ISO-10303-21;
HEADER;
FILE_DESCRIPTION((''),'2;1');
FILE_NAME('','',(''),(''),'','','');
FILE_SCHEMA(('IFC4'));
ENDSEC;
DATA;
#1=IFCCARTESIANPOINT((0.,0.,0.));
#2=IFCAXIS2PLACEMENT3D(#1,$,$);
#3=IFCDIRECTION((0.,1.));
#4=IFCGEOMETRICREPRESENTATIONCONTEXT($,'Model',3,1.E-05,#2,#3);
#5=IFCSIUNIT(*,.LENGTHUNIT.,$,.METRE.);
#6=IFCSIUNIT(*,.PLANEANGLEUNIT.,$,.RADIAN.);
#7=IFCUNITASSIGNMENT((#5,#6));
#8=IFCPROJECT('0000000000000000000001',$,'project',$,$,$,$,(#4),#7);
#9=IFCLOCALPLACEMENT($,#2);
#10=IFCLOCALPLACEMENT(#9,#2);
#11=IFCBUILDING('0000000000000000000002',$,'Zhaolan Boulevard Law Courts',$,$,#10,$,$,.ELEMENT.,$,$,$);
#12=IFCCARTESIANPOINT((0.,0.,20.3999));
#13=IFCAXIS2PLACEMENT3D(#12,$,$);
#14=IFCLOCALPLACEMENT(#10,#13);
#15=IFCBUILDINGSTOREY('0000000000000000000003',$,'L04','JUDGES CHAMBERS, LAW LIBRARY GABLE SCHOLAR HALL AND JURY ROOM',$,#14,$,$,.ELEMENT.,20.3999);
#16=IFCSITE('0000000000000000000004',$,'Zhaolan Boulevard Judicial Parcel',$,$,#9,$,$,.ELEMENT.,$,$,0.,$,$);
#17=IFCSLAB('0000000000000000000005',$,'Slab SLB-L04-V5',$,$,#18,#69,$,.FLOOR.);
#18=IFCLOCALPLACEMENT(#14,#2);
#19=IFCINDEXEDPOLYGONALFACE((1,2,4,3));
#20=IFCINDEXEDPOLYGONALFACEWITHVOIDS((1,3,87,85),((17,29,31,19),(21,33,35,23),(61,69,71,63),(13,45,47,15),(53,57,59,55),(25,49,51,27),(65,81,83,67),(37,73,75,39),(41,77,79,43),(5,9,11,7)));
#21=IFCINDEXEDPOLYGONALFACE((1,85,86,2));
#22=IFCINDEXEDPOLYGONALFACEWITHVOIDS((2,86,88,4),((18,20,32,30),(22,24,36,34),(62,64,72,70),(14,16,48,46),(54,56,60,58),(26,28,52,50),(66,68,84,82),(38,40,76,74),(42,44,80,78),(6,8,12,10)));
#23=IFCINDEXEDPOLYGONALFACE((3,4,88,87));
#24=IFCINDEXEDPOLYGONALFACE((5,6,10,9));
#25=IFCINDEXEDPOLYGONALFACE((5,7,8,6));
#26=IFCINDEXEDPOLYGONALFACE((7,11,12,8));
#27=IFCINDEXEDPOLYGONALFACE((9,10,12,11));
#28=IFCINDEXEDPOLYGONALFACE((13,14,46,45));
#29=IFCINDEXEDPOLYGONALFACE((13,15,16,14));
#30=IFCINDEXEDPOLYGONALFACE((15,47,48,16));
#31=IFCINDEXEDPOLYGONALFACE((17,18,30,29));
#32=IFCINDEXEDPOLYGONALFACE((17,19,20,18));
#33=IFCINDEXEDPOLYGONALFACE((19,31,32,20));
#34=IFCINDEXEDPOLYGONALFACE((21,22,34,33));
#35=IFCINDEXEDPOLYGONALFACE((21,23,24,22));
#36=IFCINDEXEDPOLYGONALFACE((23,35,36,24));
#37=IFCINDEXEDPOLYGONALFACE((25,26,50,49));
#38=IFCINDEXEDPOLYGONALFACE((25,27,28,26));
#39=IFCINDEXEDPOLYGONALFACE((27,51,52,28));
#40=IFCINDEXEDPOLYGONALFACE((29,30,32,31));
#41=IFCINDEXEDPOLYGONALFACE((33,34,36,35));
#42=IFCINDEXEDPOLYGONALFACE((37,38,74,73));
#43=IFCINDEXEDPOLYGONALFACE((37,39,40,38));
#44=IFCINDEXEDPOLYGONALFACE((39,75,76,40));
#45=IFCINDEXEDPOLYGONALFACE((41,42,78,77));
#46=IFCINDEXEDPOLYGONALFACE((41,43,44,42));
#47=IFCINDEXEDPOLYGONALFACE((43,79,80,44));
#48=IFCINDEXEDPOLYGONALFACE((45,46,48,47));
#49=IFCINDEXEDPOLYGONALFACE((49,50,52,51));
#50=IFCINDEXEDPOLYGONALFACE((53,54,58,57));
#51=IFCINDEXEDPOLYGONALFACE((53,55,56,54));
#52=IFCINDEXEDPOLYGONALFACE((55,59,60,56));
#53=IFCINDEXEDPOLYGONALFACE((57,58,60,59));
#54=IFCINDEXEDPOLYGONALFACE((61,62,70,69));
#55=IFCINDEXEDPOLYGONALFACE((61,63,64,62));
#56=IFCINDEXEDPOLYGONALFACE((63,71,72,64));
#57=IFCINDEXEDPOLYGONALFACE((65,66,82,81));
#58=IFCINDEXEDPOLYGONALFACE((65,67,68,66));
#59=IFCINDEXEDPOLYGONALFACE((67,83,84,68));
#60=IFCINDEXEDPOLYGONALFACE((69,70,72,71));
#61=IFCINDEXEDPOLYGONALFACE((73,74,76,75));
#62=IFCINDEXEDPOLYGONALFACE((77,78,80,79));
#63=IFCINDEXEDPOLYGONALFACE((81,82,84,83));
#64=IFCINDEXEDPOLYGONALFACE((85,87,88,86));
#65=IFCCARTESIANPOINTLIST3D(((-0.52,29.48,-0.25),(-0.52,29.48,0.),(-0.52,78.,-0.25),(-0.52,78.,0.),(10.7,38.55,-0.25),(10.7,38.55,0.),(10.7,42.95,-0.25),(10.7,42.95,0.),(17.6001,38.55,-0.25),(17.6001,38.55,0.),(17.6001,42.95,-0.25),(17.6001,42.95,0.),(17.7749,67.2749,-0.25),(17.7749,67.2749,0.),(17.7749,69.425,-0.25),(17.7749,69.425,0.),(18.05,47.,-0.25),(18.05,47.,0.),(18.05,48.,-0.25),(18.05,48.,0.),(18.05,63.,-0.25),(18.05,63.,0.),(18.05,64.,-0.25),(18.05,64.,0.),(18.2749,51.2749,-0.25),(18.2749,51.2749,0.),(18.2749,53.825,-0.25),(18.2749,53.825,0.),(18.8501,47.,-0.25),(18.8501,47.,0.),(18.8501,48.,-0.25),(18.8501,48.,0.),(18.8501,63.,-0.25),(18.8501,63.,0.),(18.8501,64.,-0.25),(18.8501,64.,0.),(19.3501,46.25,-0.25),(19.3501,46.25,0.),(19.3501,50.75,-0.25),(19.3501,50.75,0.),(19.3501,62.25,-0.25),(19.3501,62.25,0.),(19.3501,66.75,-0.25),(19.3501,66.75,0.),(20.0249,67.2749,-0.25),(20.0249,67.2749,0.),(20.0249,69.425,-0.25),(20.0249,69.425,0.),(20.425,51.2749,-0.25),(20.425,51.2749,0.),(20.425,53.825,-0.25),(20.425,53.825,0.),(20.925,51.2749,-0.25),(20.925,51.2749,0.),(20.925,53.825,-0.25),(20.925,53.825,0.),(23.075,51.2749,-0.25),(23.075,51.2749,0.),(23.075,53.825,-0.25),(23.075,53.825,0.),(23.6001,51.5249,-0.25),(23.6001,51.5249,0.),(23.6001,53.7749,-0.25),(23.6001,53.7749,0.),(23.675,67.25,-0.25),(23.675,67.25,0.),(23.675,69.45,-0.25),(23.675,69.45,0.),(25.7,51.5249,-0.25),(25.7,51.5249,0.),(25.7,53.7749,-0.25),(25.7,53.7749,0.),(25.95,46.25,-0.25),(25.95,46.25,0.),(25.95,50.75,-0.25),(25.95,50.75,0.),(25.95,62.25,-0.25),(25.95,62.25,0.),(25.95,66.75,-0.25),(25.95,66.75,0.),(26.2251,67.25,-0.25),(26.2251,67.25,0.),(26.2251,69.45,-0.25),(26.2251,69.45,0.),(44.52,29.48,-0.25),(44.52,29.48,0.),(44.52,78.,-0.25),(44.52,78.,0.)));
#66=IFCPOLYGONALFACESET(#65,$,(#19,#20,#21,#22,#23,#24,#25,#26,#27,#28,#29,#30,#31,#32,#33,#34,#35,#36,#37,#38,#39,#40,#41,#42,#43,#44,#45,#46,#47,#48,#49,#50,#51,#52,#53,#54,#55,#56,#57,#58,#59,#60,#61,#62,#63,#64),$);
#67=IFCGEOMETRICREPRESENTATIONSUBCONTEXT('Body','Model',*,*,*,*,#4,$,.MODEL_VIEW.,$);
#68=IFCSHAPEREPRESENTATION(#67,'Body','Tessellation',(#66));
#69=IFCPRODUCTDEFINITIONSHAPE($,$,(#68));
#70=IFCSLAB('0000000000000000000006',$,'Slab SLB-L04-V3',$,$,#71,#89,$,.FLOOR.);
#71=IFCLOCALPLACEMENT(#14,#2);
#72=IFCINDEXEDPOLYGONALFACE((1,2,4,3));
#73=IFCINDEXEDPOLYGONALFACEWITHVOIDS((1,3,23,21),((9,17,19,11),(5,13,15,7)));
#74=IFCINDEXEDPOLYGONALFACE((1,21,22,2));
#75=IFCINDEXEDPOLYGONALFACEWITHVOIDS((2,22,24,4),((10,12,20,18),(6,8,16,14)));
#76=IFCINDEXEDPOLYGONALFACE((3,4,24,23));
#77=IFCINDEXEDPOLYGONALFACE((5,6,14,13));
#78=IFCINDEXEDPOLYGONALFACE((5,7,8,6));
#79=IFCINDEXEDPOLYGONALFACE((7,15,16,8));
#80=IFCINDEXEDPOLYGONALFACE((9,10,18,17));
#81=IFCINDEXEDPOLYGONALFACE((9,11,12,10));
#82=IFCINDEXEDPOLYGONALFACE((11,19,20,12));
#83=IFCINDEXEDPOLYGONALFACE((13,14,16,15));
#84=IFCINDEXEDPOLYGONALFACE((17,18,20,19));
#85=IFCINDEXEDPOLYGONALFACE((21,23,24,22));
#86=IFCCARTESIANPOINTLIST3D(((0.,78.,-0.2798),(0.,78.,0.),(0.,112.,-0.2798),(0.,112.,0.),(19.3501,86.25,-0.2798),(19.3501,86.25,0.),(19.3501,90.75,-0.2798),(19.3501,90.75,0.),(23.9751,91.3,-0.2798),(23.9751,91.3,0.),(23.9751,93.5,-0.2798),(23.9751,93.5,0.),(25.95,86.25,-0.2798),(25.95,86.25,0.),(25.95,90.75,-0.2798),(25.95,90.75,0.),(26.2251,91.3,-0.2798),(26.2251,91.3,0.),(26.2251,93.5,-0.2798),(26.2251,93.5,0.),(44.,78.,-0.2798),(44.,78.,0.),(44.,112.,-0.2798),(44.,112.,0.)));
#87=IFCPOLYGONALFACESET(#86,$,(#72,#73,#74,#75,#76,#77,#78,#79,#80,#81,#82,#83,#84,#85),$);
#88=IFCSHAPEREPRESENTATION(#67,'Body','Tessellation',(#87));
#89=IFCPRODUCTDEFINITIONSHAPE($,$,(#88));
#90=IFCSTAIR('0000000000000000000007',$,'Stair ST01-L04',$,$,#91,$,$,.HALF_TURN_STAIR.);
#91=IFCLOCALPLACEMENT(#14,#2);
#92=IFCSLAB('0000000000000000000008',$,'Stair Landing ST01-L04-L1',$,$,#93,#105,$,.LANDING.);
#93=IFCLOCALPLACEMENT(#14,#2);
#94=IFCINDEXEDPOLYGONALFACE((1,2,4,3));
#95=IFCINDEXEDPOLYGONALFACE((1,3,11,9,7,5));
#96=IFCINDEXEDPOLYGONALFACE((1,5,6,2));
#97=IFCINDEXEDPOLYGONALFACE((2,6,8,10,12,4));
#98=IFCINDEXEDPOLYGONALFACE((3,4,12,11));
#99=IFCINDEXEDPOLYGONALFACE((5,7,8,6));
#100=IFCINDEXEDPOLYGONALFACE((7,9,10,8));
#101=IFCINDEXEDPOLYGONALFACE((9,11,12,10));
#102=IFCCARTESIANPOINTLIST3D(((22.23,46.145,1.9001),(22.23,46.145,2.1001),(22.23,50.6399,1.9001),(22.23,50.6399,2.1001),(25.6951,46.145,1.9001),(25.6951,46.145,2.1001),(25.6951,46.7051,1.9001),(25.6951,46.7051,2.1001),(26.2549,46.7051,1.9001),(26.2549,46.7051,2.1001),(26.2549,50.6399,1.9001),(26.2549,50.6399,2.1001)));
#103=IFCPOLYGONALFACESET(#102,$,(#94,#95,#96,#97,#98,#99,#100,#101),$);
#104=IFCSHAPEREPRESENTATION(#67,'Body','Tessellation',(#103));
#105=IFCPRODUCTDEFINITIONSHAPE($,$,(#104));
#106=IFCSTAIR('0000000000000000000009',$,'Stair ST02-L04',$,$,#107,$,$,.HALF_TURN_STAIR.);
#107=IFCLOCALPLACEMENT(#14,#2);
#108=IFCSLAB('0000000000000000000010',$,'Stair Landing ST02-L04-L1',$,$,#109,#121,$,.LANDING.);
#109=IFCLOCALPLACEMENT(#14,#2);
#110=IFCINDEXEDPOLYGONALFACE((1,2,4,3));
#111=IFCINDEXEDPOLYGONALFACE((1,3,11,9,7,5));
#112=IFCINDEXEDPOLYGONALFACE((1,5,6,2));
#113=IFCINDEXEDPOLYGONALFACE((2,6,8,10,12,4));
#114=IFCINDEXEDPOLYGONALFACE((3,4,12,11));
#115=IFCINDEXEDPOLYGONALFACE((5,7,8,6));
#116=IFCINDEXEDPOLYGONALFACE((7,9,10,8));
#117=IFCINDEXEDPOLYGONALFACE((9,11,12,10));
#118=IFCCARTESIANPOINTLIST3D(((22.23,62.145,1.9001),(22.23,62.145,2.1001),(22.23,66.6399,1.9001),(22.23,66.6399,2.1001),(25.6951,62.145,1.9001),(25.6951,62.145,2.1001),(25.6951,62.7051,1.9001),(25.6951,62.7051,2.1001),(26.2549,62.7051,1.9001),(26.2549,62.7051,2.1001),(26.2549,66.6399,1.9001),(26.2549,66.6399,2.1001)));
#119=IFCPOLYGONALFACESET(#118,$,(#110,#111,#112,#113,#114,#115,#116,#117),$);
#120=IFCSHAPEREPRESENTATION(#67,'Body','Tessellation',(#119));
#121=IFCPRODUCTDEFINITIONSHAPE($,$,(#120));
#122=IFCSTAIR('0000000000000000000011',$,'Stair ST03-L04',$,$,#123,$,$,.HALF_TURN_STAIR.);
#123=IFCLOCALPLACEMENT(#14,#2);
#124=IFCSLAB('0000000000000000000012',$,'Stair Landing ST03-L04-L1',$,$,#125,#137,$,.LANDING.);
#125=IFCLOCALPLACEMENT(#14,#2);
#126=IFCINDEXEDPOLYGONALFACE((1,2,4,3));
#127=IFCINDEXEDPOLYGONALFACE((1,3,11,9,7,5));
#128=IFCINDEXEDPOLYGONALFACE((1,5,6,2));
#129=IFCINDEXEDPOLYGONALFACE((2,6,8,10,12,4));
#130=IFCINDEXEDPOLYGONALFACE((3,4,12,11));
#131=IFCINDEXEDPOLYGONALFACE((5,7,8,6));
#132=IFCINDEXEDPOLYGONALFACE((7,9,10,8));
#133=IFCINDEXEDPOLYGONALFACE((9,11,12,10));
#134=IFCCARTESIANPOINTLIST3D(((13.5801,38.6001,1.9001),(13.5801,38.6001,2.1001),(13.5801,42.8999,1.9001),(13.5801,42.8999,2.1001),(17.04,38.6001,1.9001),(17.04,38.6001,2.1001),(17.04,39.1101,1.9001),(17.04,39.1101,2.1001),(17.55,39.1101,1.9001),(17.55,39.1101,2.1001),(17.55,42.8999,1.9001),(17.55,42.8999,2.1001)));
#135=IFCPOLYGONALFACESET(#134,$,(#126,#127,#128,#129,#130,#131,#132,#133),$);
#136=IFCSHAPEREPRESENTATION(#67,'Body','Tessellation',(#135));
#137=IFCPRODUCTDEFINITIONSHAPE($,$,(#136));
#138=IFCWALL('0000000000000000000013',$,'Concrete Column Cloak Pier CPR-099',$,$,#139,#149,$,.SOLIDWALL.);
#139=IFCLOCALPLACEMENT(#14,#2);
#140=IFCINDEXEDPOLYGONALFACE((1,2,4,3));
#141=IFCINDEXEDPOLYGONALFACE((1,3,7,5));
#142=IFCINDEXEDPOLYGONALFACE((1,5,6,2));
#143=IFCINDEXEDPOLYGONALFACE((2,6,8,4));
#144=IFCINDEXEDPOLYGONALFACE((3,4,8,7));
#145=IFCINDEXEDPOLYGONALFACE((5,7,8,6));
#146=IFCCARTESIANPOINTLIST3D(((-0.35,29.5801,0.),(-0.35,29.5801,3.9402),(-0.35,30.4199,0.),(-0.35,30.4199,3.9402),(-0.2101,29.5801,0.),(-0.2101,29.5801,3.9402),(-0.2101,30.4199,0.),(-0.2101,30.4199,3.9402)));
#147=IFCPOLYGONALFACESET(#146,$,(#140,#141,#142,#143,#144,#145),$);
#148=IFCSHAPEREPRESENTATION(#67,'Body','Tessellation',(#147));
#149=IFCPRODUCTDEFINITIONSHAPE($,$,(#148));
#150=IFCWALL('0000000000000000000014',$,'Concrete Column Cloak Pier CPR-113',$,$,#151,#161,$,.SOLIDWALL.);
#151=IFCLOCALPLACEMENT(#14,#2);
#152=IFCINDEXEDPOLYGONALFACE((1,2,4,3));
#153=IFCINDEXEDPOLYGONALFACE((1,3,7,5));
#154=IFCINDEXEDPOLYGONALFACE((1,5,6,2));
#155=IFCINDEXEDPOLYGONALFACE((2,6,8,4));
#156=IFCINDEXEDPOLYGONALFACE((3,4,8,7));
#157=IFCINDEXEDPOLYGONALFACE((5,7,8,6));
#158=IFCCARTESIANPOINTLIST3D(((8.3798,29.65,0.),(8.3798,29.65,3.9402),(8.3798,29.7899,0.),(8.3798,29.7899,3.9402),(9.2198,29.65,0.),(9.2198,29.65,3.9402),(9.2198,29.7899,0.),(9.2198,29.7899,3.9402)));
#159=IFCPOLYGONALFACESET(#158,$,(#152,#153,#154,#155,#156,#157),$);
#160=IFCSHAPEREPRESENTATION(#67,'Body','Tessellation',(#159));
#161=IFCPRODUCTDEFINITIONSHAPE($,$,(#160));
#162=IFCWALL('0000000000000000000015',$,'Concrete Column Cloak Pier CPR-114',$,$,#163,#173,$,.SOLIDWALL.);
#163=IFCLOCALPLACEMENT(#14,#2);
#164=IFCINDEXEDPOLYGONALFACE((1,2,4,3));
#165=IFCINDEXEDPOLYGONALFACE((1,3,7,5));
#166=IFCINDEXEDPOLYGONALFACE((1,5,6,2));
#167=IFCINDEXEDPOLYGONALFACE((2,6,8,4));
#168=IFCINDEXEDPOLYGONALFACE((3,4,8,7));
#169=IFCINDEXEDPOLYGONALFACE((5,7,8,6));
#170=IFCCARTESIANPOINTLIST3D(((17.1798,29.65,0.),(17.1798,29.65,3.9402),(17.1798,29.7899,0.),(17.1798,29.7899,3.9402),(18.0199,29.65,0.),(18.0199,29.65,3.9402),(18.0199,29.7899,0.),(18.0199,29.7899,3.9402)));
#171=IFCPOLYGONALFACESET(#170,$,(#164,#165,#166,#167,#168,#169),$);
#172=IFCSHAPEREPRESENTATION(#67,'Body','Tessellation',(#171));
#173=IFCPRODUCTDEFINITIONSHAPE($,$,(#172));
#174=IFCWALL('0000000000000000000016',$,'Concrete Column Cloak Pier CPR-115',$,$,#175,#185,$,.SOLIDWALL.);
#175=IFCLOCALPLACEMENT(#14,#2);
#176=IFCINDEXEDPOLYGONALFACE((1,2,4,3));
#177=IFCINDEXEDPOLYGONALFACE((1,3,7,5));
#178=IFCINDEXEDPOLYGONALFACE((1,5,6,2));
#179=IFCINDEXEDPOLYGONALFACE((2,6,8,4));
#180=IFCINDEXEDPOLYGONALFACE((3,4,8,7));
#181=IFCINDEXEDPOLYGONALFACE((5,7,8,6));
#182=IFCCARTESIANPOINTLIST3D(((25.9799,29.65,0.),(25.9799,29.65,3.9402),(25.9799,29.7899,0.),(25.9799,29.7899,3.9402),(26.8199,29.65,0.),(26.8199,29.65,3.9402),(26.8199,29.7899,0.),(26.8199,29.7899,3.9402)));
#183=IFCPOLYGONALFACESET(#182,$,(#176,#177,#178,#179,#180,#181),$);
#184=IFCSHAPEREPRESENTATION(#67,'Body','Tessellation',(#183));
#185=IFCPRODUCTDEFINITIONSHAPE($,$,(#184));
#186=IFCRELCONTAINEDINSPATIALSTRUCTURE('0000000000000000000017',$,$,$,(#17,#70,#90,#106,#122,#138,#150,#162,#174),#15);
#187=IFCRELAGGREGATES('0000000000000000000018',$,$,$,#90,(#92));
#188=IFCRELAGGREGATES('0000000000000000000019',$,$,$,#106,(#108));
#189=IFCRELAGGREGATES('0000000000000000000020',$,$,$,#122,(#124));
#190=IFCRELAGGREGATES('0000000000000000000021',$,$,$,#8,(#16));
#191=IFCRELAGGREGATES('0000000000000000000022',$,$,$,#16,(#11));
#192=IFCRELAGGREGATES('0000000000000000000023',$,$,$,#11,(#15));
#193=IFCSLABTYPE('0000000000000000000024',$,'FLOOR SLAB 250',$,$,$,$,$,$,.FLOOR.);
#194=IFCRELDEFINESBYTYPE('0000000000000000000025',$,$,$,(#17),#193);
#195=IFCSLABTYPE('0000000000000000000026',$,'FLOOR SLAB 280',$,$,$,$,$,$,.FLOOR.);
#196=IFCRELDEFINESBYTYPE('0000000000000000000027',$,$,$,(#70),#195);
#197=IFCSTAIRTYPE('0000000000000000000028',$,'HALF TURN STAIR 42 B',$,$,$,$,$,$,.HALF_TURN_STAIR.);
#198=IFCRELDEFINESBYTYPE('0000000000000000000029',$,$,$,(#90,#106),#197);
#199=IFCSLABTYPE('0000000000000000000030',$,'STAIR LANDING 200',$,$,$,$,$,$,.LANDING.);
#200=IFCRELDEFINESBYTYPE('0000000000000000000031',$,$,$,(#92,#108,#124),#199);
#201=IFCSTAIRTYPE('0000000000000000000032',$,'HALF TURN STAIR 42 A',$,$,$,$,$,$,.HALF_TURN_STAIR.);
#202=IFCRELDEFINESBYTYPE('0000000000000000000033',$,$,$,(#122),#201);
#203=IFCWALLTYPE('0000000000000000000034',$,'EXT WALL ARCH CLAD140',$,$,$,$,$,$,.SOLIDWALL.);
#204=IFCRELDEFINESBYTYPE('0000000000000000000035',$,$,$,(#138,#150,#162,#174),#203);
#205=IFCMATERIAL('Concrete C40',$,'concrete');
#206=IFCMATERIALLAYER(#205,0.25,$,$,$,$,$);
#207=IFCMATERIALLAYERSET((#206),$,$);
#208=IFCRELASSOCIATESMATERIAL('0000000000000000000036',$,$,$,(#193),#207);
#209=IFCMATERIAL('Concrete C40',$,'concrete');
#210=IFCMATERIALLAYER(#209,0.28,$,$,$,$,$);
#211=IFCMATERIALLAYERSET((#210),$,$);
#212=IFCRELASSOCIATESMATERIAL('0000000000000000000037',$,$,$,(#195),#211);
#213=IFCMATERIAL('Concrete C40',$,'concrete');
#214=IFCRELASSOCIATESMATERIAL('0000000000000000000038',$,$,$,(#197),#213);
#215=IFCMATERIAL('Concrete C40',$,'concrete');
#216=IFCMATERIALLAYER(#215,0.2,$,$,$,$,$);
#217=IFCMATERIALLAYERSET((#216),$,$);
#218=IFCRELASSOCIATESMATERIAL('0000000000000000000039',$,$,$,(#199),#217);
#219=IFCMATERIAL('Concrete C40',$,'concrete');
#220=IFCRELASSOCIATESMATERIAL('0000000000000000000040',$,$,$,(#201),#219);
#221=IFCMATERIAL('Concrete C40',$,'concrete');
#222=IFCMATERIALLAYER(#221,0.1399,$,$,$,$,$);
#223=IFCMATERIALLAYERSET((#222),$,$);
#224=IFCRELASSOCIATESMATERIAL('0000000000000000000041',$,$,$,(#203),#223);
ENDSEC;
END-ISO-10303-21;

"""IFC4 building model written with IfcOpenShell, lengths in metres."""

from ifc_helpers import new_model, si_unit, direction, frame, frame_2d, origin, place, context, subcontext, project, spatial, polyline, rectangle, outline, extrude, material, layer, layer_set, type_object, element, aggregate, save


model = new_model("IFC4")

# Units and contexts
model_context = context("Model", 3, precision=1e-05, world=origin(), true_north=direction((0.0, 1.0)))
body_context = subcontext(model_context, "Body", "Model", "MODEL_VIEW")
ifc_project = project(units=[si_unit("LENGTHUNIT", "METRE"), si_unit("PLANEANGLEUNIT", "RADIAN")], contexts=[model_context])

# Site, building, storey
site_placement = place(None, origin())
site = spatial("IfcSite", under=ifc_project, at=site_placement, Name="Zhaolan Boulevard Judicial Parcel", CompositionType="ELEMENT", RefElevation=0.0)
building_placement = place(site_placement, origin())
building = spatial("IfcBuilding", under=site, at=building_placement, Name="Zhaolan Boulevard Law Courts", CompositionType="ELEMENT")
storey_placement = place(building_placement, frame((0.0, 0.0, 20.3999)))
storey = spatial("IfcBuildingStorey", under=building, at=storey_placement, Name="L04", Description="JUDGES CHAMBERS, LAW LIBRARY GABLE SCHOLAR HALL AND JURY ROOM", CompositionType="ELEMENT", Elevation=20.3999)

# Slabs
ifc_material_1 = material(Name="Concrete C40", Category="concrete")
ifc_layer_1 = layer(ifc_material_1, 0.25)
ifc_layer_set_1 = layer_set([ifc_layer_1])
slab_type_1 = type_object("IfcSlabType", Name="FLOOR SLAB 250", PredefinedType="FLOOR", material=ifc_layer_set_1)
slab_1_placement = place(storey_placement, frame((0.0, 0.0, -0.25)))
element("IfcSlab", 1, at=slab_1_placement, inside=storey, type_object=slab_type_1, Name="Slab SLB-L04-V5", PredefinedType="FLOOR", context=body_context, shape_type="SweptSolid", body=[
    extrude(outline(polyline([(-0.52, 29.48), (44.52, 29.48), (44.52, 78.0), (-0.52, 78.0), (-0.52, 29.48)]), holes=[polyline([(18.2749, 51.2749), (20.425, 51.2749), (20.425, 53.825), (18.2749, 53.825), (18.2749, 51.2749)]), polyline([(20.925, 51.2749), (23.075, 51.2749), (23.075, 53.825), (20.925, 53.825), (20.925, 51.2749)]), polyline([(23.675, 67.25), (26.2251, 67.25), (26.2251, 69.45), (23.675, 69.45), (23.675, 67.25)]), polyline([(23.6001, 51.5249), (25.7, 51.5249), (25.7, 53.7749), (23.6001, 53.7749), (23.6001, 51.5249)]), polyline([(17.7749, 67.2749), (20.0249, 67.2749), (20.0249, 69.425), (17.7749, 69.425), (17.7749, 67.2749)]), polyline([(19.3501, 46.25), (25.95, 46.25), (25.95, 50.75), (19.3501, 50.75), (19.3501, 46.25)]), polyline([(19.3501, 62.25), (25.95, 62.25), (25.95, 66.75), (19.3501, 66.75), (19.3501, 62.25)]), polyline([(10.7, 38.55), (17.6001, 38.55), (17.6001, 42.95), (10.7, 42.95), (10.7, 38.55)]), polyline([(18.05, 47.0), (18.8501, 47.0), (18.8501, 48.0), (18.05, 48.0), (18.05, 47.0)]), polyline([(18.05, 63.0), (18.8501, 63.0), (18.8501, 64.0), (18.05, 64.0), (18.05, 63.0)])]), origin(), (0.0, 0.0, 1.0), 0.25),
])
ifc_material_2 = material(Name="Concrete C40", Category="concrete")
ifc_layer_2 = layer(ifc_material_2, 0.28)
ifc_layer_set_2 = layer_set([ifc_layer_2])
slab_type_2 = type_object("IfcSlabType", Name="FLOOR SLAB 280", PredefinedType="FLOOR", material=ifc_layer_set_2)
slab_2_placement = place(storey_placement, frame((0.0, 0.0, -0.2798)))
element("IfcSlab", 2, at=slab_2_placement, inside=storey, type_object=slab_type_2, Name="Slab SLB-L04-V3", PredefinedType="FLOOR", context=body_context, shape_type="SweptSolid", body=[
    extrude(outline(polyline([(0.0, 78.0), (44.0, 78.0), (44.0, 112.0), (0.0, 112.0), (0.0, 78.0)]), holes=[polyline([(23.9751, 91.3), (26.2251, 91.3), (26.2251, 93.5), (23.9751, 93.5), (23.9751, 91.3)]), polyline([(19.3501, 86.25), (25.95, 86.25), (25.95, 90.75), (19.3501, 90.75), (19.3501, 86.25)])]), origin(), (0.0, 0.0, 1.0), 0.2798),
])

# Stairs, slabs
ifc_material_3 = material(Name="Concrete C40", Category="concrete")
stair_type_1 = type_object("IfcStairType", Name="HALF TURN STAIR 42 B", PredefinedType="HALF_TURN_STAIR", material=ifc_material_3)
stair_1_placement = place(storey_placement, origin())
stair_1 = element("IfcStair", 3, at=stair_1_placement, inside=storey, type_object=stair_type_1, Name="Stair ST01-L04", PredefinedType="HALF_TURN_STAIR")
ifc_material_4 = material(Name="Concrete C40", Category="concrete")
ifc_layer_3 = layer(ifc_material_4, 0.2)
ifc_layer_set_3 = layer_set([ifc_layer_3])
slab_type_3 = type_object("IfcSlabType", Name="STAIR LANDING 200", PredefinedType="LANDING", material=ifc_layer_set_3)
slab_3_placement = place(storey_placement, frame((0.0, 0.0, 1.9001)))
slab_3 = element("IfcSlab", 4, at=slab_3_placement, type_object=slab_type_3, Name="Stair Landing ST01-L04-L1", PredefinedType="LANDING", context=body_context, shape_type="SweptSolid", body=[
    extrude(outline(polyline([(22.23, 46.145), (25.6951, 46.145), (25.6951, 46.7051), (26.2549, 46.7051), (26.2549, 50.6399), (22.23, 50.6399), (22.23, 46.145)])), origin(), (0.0, 0.0, 1.0), 0.2),
])
aggregate(stair_1, [slab_3])
stair_2_placement = place(storey_placement, origin())
stair_2 = element("IfcStair", 5, at=stair_2_placement, inside=storey, type_object=stair_type_1, Name="Stair ST02-L04", PredefinedType="HALF_TURN_STAIR")
slab_4_placement = place(storey_placement, frame((0.0, 0.0, 1.9001)))
slab_4 = element("IfcSlab", 6, at=slab_4_placement, type_object=slab_type_3, Name="Stair Landing ST02-L04-L1", PredefinedType="LANDING", context=body_context, shape_type="SweptSolid", body=[
    extrude(outline(polyline([(22.23, 62.145), (25.6951, 62.145), (25.6951, 62.7051), (26.2549, 62.7051), (26.2549, 66.6399), (22.23, 66.6399), (22.23, 62.145)])), origin(), (0.0, 0.0, 1.0), 0.2),
])
aggregate(stair_2, [slab_4])
ifc_material_5 = material(Name="Concrete C40", Category="concrete")
stair_type_2 = type_object("IfcStairType", Name="HALF TURN STAIR 42 A", PredefinedType="HALF_TURN_STAIR", material=ifc_material_5)
stair_3_placement = place(storey_placement, origin())
stair_3 = element("IfcStair", 7, at=stair_3_placement, inside=storey, type_object=stair_type_2, Name="Stair ST03-L04", PredefinedType="HALF_TURN_STAIR")
slab_5_placement = place(storey_placement, frame((0.0, 0.0, 1.9001)))
slab_5 = element("IfcSlab", 8, at=slab_5_placement, type_object=slab_type_3, Name="Stair Landing ST03-L04-L1", PredefinedType="LANDING", context=body_context, shape_type="SweptSolid", body=[
    extrude(outline(polyline([(13.5801, 38.6001), (17.04, 38.6001), (17.04, 39.1101), (17.55, 39.1101), (17.55, 42.8999), (13.5801, 42.8999), (13.5801, 38.6001)])), origin(), (0.0, 0.0, 1.0), 0.2),
])
aggregate(stair_3, [slab_5])

# Walls
ifc_material_6 = material(Name="Concrete C40", Category="concrete")
ifc_layer_4 = layer(ifc_material_6, 0.1399)
ifc_layer_set_4 = layer_set([ifc_layer_4])
wall_type_1 = type_object("IfcWallType", Name="EXT WALL ARCH CLAD140", PredefinedType="SOLIDWALL", material=ifc_layer_set_4)
wall_1_placement = place(storey_placement, frame((-0.28, 29.5801, 0.0), z_axis=(0.0, 0.0, 1.0), x_axis=(0.0, 1.0, 0.0)))
element("IfcWall", 9, at=wall_1_placement, inside=storey, type_object=wall_type_1, Name="Concrete Column Cloak Pier CPR-099", PredefinedType="SOLIDWALL", context=body_context, shape_type="SweptSolid", body=[
    extrude(rectangle(XDim=0.8398, YDim=0.1399, at=frame_2d((0.4199, 0.0))), origin(), (0.0, 0.0, 1.0), 3.9402),
])
for number, where, z_axis, x_axis, name in (
    (10, (8.3799, 29.72, 0.0), (0.0, 0.0, 1.0), (1.0, 0.0, 0.0), "Concrete Column Cloak Pier CPR-113"),
    (11, (17.1799, 29.72, 0.0), (0.0, 0.0, 1.0), (1.0, 0.0, 0.0), "Concrete Column Cloak Pier CPR-114"),
    (12, (25.98, 29.72, 0.0), (0.0, 0.0, 1.0), (1.0, 0.0, 0.0), "Concrete Column Cloak Pier CPR-115"),
):
    element("IfcWall", number, at=place(storey_placement, frame(where, z_axis=z_axis, x_axis=x_axis)), inside=storey, type_object=wall_type_1, Name=name, PredefinedType="SOLIDWALL", context=body_context, shape_type="SweptSolid", body=[
        extrude(rectangle(XDim=0.8401, YDim=0.1399, at=frame_2d((0.4199, 0.0))), origin(), (0.0, 0.0, 1.0), 3.9402),
    ])

save(model, "model.ifc")
